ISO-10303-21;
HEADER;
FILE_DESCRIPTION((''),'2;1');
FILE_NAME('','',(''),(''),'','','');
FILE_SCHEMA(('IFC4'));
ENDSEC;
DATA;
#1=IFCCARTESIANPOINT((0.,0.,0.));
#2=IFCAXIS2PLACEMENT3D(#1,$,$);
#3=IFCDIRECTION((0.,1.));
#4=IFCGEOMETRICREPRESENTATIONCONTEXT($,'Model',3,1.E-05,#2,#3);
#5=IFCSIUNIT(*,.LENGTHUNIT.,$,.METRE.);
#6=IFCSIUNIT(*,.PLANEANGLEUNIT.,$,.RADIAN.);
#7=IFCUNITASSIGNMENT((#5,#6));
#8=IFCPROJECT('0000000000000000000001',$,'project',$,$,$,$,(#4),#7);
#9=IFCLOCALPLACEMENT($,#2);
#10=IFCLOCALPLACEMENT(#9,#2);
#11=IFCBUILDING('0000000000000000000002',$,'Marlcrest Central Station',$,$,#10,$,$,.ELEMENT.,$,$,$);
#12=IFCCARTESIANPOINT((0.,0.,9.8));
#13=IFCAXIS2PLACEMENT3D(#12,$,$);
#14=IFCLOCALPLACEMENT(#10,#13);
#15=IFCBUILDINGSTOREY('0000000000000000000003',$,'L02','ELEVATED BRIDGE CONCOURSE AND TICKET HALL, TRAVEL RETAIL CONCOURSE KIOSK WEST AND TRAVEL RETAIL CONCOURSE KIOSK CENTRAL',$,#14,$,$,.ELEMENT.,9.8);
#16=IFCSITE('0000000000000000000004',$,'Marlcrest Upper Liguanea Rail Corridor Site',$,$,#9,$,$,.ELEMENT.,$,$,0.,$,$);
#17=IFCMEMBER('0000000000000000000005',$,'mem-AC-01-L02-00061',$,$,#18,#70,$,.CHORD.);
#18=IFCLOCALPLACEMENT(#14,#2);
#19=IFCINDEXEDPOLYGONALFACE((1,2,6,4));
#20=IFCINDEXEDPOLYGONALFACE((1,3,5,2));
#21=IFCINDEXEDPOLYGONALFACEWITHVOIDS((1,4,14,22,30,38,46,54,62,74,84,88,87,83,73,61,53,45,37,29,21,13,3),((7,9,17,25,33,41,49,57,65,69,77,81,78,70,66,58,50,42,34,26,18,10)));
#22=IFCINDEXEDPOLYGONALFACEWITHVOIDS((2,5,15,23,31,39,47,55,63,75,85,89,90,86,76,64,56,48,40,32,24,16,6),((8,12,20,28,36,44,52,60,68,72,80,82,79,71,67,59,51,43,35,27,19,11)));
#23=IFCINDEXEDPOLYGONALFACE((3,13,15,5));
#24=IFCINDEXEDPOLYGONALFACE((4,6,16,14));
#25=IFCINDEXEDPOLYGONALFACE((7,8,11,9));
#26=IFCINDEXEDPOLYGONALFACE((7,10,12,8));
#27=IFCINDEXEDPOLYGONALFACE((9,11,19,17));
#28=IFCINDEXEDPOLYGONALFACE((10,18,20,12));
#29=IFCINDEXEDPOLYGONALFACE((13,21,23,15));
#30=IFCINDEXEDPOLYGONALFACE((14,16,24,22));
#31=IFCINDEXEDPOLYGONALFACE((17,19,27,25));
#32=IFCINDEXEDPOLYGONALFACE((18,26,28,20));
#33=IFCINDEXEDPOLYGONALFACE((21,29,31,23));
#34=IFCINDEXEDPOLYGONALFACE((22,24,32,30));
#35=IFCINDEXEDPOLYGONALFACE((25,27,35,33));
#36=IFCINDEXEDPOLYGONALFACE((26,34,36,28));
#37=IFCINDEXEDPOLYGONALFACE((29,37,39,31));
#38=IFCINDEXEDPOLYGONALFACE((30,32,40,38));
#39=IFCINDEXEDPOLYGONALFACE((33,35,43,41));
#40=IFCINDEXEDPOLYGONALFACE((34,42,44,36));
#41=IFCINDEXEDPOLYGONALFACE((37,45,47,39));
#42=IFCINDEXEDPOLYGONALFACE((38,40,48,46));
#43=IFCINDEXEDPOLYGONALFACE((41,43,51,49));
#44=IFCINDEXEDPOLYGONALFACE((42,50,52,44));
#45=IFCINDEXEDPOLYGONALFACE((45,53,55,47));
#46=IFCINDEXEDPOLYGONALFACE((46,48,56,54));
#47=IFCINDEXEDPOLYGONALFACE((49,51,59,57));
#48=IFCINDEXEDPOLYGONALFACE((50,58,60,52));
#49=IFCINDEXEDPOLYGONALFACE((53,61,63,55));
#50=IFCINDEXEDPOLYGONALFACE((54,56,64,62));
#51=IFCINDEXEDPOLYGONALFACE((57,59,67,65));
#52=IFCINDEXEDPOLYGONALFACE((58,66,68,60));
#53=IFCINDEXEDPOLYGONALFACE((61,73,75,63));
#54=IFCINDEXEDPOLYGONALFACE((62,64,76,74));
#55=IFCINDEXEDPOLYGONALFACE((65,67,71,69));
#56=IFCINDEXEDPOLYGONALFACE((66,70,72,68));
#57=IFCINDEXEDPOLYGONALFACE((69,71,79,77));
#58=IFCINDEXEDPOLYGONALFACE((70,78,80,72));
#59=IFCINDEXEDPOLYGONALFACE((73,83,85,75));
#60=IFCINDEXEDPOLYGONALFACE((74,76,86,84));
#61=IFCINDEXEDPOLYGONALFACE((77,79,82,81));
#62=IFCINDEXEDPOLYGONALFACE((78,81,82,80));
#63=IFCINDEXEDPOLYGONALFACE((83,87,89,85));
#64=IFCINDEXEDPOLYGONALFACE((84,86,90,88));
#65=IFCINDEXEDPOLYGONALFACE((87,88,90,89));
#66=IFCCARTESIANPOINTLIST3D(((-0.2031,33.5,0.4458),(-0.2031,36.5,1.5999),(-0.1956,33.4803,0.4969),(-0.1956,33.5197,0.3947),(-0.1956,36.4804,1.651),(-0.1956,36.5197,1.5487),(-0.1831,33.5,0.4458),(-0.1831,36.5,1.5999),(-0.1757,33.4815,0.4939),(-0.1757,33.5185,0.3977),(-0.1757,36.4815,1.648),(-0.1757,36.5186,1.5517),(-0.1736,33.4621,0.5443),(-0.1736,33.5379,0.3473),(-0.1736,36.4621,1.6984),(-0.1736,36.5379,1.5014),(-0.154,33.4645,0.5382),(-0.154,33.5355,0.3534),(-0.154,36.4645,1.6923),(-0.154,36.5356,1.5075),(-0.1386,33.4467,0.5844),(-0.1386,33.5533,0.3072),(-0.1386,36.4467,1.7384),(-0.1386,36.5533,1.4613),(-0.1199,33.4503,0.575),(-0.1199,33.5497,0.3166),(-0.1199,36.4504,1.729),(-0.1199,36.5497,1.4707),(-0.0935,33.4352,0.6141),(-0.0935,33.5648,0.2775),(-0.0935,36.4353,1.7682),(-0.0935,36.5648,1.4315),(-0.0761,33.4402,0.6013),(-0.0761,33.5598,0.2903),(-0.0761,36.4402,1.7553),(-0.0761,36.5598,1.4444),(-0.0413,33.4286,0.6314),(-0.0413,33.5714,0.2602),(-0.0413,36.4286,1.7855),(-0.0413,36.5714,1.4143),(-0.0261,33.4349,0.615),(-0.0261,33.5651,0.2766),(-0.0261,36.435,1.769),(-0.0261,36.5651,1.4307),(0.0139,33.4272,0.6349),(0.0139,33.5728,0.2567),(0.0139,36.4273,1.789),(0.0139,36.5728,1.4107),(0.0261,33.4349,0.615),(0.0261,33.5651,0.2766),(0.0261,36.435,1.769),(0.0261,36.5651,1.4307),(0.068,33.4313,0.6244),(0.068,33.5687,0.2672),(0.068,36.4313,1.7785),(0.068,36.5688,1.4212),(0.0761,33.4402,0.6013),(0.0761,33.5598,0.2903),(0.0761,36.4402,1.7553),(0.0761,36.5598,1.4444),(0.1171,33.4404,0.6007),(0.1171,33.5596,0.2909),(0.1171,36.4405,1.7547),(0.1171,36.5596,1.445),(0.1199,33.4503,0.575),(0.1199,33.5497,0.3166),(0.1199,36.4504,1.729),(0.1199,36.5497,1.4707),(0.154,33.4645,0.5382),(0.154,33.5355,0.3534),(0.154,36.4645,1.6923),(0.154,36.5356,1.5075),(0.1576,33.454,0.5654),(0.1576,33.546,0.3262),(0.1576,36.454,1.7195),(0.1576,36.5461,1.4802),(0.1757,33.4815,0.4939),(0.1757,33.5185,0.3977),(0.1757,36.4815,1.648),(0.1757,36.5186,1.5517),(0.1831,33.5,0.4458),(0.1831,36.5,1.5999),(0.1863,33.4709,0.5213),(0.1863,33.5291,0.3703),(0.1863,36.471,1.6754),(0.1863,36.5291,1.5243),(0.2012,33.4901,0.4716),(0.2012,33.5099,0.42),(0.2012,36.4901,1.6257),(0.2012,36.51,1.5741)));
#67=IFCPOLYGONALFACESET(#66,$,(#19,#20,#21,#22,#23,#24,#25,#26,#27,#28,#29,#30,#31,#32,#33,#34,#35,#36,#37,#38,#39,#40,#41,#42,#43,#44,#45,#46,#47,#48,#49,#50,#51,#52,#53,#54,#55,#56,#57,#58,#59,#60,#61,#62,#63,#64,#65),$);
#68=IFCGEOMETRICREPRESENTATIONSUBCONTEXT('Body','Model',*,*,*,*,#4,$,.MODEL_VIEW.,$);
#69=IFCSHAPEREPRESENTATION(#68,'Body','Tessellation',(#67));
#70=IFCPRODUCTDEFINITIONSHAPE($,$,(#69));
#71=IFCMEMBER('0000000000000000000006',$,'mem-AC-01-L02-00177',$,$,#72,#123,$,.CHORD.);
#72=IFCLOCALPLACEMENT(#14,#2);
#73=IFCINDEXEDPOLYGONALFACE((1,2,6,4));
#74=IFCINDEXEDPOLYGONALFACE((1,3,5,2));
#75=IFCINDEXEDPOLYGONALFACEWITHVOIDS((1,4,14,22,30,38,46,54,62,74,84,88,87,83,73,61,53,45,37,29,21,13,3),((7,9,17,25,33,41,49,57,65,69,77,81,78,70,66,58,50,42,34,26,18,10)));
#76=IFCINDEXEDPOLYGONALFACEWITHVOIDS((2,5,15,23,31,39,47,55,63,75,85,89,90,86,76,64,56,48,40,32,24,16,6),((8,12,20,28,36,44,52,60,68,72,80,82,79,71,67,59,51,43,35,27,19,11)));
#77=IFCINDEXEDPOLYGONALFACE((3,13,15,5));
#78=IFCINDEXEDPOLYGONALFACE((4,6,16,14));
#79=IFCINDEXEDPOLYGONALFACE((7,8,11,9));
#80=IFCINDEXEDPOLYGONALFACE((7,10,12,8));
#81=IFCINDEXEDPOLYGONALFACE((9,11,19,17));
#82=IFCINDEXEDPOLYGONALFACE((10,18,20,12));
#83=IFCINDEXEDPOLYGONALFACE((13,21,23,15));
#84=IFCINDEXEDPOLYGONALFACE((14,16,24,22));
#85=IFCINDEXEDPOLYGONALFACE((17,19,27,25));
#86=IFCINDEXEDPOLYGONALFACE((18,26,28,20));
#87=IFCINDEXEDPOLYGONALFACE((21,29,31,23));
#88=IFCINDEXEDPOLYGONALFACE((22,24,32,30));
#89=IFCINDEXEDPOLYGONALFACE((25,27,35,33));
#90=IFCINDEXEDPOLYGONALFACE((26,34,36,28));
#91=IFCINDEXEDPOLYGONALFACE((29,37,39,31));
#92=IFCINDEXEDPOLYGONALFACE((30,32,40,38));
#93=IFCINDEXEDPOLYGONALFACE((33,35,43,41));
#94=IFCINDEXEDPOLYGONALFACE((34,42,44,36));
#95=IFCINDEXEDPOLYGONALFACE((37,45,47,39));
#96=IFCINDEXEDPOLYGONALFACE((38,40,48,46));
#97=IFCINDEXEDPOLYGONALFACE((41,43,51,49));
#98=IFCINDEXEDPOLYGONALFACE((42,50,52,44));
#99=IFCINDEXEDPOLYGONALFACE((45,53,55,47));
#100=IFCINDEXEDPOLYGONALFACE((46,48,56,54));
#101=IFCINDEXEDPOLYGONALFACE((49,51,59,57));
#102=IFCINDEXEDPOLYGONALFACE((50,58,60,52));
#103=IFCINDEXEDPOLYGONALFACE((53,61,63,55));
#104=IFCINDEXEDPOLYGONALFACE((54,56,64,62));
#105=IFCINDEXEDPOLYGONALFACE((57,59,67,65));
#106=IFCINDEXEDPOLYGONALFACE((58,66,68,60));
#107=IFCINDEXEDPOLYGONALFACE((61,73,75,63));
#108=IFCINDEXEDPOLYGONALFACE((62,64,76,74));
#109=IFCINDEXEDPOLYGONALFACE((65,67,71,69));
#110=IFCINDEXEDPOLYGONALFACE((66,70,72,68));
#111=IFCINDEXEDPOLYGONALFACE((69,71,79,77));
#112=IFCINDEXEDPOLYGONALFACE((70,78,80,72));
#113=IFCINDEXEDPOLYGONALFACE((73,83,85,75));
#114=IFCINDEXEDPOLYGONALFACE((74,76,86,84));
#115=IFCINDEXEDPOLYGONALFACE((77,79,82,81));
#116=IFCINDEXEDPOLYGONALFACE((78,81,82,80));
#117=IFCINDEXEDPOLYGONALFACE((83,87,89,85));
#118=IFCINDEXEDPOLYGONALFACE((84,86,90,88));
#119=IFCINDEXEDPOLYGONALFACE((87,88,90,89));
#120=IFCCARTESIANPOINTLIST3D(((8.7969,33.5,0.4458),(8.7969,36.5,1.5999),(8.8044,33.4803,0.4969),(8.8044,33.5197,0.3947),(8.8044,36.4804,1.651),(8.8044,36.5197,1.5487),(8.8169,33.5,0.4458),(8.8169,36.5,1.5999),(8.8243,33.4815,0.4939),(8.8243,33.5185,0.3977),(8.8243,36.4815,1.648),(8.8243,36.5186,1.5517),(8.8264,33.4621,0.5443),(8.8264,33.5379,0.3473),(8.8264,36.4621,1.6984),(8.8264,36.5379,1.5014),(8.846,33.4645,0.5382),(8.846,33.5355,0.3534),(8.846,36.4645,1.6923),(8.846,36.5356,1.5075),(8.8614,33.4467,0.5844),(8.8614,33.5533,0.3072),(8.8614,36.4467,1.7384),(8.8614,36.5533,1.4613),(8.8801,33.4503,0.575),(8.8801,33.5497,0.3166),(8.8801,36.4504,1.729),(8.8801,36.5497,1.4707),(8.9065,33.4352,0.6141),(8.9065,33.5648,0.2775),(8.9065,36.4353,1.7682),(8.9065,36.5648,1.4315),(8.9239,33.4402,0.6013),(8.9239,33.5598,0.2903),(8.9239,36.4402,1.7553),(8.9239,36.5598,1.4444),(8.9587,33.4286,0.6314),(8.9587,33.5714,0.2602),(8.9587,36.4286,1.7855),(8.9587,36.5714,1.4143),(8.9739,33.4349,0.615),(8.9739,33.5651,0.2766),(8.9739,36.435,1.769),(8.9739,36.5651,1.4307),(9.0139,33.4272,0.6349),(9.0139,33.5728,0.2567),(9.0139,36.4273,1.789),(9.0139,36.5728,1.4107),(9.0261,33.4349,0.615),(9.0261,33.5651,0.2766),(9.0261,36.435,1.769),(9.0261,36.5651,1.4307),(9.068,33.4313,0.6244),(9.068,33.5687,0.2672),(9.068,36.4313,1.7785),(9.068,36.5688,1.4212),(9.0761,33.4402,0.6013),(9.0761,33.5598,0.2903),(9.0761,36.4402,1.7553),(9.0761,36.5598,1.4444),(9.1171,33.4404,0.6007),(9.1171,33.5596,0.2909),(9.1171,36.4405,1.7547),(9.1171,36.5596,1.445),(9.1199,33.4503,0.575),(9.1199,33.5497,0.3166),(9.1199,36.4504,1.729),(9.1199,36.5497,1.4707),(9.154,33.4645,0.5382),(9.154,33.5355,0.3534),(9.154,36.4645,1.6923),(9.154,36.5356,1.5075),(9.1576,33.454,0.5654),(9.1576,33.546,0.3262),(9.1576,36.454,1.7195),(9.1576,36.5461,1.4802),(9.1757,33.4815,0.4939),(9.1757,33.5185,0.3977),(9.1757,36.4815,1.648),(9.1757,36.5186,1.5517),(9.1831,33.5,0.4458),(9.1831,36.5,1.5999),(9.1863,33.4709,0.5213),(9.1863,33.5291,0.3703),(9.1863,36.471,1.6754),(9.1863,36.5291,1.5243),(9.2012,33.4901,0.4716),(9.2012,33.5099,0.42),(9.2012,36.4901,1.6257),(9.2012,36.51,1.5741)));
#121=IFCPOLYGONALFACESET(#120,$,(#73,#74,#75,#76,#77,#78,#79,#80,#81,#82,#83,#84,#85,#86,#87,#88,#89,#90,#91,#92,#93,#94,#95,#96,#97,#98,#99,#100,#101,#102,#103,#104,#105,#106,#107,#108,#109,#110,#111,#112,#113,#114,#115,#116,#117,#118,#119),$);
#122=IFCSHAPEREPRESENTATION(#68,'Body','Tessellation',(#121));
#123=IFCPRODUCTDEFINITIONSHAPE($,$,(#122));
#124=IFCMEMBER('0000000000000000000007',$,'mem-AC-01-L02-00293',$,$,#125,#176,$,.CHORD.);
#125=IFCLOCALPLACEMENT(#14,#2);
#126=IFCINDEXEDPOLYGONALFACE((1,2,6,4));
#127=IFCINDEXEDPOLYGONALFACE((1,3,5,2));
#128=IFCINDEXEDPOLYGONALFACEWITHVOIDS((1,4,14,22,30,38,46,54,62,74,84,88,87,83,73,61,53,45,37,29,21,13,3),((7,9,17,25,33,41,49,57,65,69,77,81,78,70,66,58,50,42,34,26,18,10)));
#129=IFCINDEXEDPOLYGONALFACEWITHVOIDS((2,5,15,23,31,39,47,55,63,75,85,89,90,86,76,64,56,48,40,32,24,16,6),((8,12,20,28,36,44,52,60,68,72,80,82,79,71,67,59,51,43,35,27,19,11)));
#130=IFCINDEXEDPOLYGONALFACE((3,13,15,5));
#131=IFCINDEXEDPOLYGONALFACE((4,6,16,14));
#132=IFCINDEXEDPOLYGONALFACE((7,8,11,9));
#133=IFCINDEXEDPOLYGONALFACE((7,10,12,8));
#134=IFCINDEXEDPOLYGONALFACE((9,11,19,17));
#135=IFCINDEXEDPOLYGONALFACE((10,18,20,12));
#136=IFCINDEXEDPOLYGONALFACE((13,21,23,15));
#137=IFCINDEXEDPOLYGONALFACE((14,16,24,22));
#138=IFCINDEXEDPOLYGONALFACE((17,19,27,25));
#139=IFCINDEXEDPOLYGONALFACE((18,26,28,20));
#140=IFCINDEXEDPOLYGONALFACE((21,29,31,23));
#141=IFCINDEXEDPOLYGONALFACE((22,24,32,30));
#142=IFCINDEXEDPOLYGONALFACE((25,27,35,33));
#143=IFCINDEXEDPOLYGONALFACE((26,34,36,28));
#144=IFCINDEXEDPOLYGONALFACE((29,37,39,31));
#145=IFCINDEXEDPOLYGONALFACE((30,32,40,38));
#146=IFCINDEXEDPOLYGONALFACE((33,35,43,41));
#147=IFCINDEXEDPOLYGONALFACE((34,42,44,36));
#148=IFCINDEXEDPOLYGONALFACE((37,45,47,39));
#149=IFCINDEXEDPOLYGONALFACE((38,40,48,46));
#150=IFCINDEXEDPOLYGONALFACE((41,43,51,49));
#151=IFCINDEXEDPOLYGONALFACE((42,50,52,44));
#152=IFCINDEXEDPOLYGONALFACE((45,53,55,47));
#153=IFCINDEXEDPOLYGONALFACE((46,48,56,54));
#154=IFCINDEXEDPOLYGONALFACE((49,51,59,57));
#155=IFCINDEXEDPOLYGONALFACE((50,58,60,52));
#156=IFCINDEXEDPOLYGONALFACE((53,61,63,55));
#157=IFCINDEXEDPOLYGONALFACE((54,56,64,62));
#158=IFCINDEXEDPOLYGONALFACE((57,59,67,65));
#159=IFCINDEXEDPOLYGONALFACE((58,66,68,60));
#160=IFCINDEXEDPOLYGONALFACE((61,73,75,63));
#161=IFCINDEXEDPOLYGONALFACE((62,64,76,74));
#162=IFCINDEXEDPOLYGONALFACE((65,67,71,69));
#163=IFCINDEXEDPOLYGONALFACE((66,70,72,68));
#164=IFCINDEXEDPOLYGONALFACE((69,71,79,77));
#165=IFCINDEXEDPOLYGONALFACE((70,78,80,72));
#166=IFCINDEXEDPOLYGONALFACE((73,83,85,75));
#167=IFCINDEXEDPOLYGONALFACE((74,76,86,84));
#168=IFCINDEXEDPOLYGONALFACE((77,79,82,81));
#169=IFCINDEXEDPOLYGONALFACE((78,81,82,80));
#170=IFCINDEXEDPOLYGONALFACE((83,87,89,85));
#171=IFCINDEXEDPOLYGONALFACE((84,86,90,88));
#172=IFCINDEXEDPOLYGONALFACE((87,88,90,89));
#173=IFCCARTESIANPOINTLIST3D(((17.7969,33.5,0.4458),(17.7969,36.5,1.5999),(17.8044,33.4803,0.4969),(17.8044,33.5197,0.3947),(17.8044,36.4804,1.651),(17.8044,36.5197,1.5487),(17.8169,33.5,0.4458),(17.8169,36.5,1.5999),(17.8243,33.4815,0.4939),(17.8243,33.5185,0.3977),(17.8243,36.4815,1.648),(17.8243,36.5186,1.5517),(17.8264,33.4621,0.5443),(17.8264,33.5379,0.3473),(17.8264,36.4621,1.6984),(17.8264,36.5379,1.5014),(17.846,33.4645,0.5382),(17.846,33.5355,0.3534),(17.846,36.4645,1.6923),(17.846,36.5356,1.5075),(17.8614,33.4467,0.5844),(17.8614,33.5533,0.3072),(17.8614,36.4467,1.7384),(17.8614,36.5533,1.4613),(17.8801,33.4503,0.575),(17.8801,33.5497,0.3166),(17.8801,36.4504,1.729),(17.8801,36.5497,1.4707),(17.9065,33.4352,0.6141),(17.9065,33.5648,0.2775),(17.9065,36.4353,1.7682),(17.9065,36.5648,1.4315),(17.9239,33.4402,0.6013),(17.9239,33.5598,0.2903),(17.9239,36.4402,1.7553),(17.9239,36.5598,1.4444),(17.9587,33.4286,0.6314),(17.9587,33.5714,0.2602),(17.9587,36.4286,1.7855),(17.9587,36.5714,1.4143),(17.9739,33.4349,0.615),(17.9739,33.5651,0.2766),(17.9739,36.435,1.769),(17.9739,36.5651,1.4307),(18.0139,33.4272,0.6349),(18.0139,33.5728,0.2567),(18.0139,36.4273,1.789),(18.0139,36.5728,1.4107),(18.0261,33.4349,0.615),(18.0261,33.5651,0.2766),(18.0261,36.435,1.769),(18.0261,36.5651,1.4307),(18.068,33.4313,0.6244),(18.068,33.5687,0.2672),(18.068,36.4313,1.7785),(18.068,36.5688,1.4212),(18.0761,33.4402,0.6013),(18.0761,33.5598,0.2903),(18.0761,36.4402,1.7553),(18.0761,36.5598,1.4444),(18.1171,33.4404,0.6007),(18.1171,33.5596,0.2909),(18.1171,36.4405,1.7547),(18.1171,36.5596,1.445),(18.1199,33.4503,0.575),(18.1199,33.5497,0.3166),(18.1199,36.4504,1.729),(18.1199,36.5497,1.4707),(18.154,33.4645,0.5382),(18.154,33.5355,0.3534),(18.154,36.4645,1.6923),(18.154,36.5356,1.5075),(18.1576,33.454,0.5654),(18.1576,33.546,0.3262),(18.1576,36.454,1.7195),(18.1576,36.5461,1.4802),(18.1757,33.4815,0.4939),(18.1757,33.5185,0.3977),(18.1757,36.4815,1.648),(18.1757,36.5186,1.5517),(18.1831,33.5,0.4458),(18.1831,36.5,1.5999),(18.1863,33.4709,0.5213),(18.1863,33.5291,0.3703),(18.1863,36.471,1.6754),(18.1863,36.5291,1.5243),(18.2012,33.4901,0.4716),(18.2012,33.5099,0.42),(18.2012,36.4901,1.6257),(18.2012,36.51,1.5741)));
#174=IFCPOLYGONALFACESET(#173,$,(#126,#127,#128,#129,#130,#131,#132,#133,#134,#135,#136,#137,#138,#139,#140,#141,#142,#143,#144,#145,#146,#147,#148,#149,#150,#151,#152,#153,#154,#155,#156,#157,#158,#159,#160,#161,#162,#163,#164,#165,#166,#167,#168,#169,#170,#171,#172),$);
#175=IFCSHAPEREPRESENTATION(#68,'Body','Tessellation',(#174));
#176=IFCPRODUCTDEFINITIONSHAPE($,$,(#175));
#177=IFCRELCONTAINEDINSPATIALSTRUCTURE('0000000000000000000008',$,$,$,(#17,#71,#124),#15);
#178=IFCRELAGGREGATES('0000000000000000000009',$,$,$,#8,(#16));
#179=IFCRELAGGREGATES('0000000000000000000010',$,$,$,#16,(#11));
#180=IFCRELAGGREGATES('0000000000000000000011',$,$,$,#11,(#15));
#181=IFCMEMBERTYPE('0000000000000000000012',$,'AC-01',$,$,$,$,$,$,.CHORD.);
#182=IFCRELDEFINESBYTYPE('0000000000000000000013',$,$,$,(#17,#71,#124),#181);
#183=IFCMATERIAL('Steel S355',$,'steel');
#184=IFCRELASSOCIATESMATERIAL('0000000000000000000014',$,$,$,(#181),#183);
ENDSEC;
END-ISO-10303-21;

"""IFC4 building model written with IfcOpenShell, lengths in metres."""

from ifc_helpers import new_model, si_unit, direction, frame, origin, origin_2d, place, context, subcontext, project, spatial, hollow_circle, extrude, material, material_profile, profile_set, type_object, element, save


model = new_model("IFC4")

# Units and contexts
model_context = context("Model", 3, precision=1e-05, world=origin(), true_north=direction((0.0, 1.0)))
body_context = subcontext(model_context, "Body", "Model", "MODEL_VIEW")
ifc_project = project(units=[si_unit("LENGTHUNIT", "METRE"), si_unit("PLANEANGLEUNIT", "RADIAN")], contexts=[model_context])

# Site, building, storey
site_placement = place(None, origin())
site = spatial("IfcSite", under=ifc_project, at=site_placement, Name="Marlcrest Upper Liguanea Rail Corridor Site", CompositionType="ELEMENT", RefElevation=0.0)
building_placement = place(site_placement, origin())
building = spatial("IfcBuilding", under=site, at=building_placement, Name="Marlcrest Central Station", CompositionType="ELEMENT")
storey_placement = place(building_placement, frame((0.0, 0.0, 9.8)))
storey = spatial("IfcBuildingStorey", under=building, at=storey_placement, Name="L02", Description="ELEVATED BRIDGE CONCOURSE AND TICKET HALL, TRAVEL RETAIL CONCOURSE KIOSK WEST AND TRAVEL RETAIL CONCOURSE KIOSK CENTRAL", CompositionType="ELEMENT", Elevation=9.8)

# Members
ifc_material_1 = material(Name="Steel S355", Category="steel")
ifc_material_profile_1 = material_profile(ifc_material_1, hollow_circle(Radius=0.2031, WallThickness=0.02, at=origin_2d()), Name="CHS 406.4x20")
ifc_profile_set_1 = profile_set([ifc_material_profile_1], Name="Steel S355")
member_type_1 = type_object("IfcMemberType", Name="AC-01", PredefinedType="CHORD", material=ifc_profile_set_1)
for number, where, z_axis, x_axis, name in (
    (1, (0.0, 33.5, 0.4458), (0.0, 0.933324, 0.359035), (-1.0, 0.0, 0.0), "mem-AC-01-L02-00061"),
    (2, (9.0, 33.5, 0.4458), (0.0, 0.933324, 0.359035), (-1.0, 0.0, 0.0), "mem-AC-01-L02-00177"),
    (3, (18.0, 33.5, 0.4458), (0.0, 0.933324, 0.359035), (-1.0, 0.0, 0.0), "mem-AC-01-L02-00293"),
):
    element("IfcMember", number, at=place(storey_placement, frame(where, z_axis=z_axis, x_axis=x_axis)), inside=storey, type_object=member_type_1, Name=name, PredefinedType="CHORD", context=body_context, shape_type="SweptSolid", body=[
        extrude(hollow_circle(Radius=0.2031, WallThickness=0.02, at=origin_2d()), origin(), (0.0, 0.0, 1.0), 3.2144),
    ])

save(model, "model.ifc")
